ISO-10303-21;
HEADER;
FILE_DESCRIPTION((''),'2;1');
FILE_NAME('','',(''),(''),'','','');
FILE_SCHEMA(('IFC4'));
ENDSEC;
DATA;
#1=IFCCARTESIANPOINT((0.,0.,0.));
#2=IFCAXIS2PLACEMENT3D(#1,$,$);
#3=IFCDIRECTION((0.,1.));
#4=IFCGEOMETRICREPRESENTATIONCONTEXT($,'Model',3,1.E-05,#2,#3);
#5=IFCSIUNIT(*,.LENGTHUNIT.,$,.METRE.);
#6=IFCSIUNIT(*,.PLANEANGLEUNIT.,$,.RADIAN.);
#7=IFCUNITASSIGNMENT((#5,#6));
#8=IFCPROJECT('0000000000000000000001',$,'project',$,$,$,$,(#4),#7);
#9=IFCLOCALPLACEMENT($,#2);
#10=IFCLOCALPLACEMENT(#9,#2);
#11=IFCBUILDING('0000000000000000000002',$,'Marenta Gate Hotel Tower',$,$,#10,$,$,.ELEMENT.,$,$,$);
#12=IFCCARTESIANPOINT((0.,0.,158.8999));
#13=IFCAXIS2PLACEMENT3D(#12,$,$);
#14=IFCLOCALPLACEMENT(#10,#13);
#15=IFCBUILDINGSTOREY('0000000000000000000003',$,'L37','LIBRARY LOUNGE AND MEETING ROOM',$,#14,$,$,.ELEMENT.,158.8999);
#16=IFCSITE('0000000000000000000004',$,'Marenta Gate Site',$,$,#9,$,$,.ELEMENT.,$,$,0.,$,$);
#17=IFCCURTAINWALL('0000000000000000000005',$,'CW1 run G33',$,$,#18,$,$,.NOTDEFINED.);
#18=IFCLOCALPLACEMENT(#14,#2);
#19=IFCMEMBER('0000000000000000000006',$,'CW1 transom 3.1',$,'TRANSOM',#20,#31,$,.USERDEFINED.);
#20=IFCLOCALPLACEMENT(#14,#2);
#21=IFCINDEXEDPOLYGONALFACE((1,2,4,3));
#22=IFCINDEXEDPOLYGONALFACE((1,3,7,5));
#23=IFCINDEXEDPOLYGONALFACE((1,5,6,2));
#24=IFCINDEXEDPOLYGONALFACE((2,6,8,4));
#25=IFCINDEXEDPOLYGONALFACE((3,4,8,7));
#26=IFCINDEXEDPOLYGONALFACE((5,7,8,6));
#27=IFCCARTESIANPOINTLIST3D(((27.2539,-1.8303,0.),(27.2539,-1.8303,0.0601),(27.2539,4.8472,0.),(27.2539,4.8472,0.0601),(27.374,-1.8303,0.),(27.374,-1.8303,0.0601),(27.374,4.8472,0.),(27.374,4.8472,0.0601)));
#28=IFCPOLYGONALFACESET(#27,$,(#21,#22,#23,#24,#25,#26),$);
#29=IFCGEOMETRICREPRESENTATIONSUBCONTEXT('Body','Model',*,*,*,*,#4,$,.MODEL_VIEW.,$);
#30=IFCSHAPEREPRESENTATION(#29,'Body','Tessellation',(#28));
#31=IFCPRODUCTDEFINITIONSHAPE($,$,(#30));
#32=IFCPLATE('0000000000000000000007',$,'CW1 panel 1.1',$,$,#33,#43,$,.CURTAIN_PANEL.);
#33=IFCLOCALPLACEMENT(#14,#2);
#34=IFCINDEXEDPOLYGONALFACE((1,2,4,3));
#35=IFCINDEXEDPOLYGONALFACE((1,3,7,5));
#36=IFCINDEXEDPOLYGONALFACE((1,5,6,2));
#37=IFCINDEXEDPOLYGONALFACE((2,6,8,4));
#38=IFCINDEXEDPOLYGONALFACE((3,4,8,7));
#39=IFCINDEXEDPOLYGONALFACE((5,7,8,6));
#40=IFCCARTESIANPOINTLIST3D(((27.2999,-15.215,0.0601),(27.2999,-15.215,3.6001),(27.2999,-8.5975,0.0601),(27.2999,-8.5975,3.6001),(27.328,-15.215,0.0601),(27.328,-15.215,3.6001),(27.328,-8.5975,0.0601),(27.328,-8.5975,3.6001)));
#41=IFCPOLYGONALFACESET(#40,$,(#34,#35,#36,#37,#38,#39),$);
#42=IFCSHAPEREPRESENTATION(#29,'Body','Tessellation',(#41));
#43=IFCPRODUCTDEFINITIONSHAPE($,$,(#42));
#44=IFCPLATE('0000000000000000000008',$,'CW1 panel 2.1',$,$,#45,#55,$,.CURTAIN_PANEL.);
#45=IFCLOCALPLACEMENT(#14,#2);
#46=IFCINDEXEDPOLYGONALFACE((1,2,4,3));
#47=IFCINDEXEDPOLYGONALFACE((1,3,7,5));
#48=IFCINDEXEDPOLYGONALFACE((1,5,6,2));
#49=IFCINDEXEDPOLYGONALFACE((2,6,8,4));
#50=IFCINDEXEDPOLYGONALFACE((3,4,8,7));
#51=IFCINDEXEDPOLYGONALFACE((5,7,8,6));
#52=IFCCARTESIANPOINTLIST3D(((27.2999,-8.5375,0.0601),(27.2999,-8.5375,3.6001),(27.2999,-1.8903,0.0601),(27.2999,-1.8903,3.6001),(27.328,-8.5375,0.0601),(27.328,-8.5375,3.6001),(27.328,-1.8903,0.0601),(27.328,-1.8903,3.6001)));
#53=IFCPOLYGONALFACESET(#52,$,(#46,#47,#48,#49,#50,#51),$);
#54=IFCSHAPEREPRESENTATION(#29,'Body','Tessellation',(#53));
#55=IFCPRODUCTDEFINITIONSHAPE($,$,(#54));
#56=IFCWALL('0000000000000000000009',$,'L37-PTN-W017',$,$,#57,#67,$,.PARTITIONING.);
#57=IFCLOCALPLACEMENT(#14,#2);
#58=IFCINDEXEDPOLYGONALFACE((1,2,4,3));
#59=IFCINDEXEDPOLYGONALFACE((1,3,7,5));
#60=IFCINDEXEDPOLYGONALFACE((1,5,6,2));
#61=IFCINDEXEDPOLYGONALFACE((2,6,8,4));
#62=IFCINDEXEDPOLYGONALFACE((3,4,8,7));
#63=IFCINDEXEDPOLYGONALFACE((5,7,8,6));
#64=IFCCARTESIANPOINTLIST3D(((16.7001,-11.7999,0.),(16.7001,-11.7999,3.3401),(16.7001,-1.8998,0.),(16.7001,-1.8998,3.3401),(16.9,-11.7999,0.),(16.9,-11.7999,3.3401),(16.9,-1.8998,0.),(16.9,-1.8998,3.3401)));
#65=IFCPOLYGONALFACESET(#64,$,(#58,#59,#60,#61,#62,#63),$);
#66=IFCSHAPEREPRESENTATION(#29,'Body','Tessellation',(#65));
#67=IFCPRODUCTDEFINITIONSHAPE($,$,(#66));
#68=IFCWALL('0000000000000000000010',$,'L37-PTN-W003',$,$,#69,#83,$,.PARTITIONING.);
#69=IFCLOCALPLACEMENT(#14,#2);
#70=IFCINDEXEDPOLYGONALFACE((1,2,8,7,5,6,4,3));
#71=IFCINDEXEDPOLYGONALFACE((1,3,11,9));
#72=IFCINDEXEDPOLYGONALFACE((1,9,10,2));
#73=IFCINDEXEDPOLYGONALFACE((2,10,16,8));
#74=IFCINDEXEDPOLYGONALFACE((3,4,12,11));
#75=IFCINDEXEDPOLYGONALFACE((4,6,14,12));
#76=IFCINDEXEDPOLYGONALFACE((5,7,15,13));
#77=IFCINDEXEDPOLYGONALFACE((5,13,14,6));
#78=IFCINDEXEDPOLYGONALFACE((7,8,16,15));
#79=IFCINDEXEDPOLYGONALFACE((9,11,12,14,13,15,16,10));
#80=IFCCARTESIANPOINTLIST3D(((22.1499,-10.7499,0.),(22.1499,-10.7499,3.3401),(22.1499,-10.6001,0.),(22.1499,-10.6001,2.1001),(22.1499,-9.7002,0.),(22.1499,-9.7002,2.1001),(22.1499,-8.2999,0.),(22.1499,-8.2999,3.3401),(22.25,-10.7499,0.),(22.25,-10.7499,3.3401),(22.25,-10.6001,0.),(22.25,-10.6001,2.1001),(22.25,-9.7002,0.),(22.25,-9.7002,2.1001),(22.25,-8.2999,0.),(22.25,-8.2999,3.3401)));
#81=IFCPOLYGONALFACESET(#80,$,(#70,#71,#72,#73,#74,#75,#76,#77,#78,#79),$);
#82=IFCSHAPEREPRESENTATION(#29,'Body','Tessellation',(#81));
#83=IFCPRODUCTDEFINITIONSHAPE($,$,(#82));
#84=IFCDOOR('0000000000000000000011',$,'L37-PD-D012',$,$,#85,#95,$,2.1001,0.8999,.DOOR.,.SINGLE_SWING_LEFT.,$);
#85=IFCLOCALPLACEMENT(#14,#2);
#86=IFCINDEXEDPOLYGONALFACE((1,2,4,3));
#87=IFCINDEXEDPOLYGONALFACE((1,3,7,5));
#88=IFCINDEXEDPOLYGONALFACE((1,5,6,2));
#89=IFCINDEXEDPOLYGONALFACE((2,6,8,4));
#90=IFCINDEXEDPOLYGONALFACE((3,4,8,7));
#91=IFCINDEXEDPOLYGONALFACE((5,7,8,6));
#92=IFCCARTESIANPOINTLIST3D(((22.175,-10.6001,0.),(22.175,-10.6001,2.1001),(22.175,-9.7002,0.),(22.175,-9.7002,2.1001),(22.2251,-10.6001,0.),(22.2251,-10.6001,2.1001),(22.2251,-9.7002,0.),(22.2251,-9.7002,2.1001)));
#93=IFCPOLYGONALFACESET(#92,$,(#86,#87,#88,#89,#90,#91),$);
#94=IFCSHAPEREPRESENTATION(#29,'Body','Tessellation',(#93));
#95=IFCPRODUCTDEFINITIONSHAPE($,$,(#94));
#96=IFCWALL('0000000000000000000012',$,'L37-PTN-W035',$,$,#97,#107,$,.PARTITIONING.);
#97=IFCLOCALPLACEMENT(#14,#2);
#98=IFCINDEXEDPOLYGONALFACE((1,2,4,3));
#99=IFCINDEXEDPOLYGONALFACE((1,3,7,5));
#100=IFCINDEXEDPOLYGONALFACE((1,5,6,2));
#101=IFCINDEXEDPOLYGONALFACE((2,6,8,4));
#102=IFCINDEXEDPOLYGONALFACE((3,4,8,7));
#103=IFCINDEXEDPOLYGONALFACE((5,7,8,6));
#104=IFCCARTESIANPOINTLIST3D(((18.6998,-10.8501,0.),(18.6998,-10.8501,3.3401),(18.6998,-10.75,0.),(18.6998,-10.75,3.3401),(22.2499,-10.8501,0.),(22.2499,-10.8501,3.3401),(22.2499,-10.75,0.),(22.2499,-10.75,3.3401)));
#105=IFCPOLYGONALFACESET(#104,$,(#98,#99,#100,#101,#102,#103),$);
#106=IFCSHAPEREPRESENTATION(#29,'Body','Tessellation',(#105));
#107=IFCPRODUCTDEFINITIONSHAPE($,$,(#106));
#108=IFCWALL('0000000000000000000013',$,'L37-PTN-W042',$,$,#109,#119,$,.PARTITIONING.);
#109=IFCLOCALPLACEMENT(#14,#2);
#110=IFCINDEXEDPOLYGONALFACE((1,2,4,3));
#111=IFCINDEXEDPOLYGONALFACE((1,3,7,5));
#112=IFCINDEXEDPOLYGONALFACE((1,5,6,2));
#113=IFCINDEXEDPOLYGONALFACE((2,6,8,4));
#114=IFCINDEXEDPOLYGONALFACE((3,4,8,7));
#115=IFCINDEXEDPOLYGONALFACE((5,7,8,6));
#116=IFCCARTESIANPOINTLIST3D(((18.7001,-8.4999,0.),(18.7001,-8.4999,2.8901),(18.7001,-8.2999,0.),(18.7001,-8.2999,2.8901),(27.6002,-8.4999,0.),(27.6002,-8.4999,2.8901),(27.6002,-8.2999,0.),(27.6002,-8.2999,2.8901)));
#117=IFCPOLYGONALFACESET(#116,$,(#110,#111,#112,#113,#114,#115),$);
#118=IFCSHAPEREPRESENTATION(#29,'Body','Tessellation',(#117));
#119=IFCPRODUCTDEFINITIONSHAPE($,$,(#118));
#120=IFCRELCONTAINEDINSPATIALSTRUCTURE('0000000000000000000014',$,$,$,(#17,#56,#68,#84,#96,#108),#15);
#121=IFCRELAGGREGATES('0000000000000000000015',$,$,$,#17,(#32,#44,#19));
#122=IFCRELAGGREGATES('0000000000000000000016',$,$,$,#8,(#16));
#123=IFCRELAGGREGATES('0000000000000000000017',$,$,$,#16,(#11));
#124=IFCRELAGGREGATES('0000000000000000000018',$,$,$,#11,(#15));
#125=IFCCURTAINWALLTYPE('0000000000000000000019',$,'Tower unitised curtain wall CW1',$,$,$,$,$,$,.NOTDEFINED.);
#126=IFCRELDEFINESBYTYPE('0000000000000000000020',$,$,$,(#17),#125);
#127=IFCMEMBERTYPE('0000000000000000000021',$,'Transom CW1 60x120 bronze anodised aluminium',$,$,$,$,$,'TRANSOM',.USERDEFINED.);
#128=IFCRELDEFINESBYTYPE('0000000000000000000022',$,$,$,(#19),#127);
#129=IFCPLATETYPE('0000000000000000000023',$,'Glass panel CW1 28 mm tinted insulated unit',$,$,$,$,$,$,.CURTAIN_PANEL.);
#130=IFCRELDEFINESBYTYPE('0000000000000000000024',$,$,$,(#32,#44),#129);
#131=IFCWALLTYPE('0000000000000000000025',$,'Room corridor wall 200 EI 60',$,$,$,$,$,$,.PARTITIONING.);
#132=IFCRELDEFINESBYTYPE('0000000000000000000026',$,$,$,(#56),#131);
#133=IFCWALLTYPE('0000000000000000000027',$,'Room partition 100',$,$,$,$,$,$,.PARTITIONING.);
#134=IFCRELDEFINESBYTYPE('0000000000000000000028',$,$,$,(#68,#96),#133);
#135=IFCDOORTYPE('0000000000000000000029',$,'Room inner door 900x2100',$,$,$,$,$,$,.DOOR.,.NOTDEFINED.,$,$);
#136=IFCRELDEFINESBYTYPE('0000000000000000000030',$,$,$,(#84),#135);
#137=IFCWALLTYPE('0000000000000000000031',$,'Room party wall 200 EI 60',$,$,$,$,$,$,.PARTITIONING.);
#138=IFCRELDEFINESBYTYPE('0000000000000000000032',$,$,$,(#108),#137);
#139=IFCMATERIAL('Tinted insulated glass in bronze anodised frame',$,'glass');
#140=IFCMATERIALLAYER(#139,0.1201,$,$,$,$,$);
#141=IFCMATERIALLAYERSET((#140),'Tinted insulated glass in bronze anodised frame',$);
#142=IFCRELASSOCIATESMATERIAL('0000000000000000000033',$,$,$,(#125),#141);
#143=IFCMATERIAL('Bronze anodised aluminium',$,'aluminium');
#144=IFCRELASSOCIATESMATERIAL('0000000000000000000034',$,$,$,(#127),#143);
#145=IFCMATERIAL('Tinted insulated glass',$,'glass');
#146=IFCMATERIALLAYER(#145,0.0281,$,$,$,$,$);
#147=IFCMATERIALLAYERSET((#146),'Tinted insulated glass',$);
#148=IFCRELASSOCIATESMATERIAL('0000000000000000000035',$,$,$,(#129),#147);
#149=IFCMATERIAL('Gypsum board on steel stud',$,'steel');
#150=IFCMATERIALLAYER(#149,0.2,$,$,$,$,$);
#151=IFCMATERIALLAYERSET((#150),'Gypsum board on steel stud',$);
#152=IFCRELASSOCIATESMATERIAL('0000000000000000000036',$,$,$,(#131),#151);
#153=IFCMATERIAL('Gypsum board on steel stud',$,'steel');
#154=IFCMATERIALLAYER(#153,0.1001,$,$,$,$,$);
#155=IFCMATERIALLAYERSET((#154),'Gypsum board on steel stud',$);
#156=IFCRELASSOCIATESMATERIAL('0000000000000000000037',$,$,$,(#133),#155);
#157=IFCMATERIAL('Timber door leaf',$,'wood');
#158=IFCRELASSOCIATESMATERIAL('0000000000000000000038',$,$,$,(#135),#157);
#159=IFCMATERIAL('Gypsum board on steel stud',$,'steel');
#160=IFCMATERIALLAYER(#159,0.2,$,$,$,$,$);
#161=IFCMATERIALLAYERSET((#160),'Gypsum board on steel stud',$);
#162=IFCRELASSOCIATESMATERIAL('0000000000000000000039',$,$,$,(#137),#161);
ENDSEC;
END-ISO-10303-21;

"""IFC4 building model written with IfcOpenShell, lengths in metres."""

from ifc_helpers import new_model, si_unit, direction, frame, frame_2d, origin, origin_2d, place, context, subcontext, project, spatial, rectangle, extrude, material, layer, layer_set, material_profile, profile_set, type_object, element, fill, aggregate, save


model = new_model("IFC4")

# Units and contexts
model_context = context("Model", 3, precision=1e-05, world=origin(), true_north=direction((0.0, 1.0)))
body_context = subcontext(model_context, "Body", "Model", "MODEL_VIEW")
ifc_project = project(units=[si_unit("LENGTHUNIT", "METRE"), si_unit("PLANEANGLEUNIT", "RADIAN")], contexts=[model_context])

# Site, building, storey
site_placement = place(None, origin())
site = spatial("IfcSite", under=ifc_project, at=site_placement, Name="Marenta Gate Site", CompositionType="ELEMENT", RefElevation=0.0)
building_placement = place(site_placement, origin())
building = spatial("IfcBuilding", under=site, at=building_placement, Name="Marenta Gate Hotel Tower", CompositionType="ELEMENT")
storey_placement = place(building_placement, frame((0.0, 0.0, 158.8999)))
storey = spatial("IfcBuildingStorey", under=building, at=storey_placement, Name="L37", Description="LIBRARY LOUNGE AND MEETING ROOM", CompositionType="ELEMENT", Elevation=158.8999)

# Curtain wall, member, plates
ifc_material_1 = material(Name="Tinted insulated glass in bronze anodised frame", Category="glass")
ifc_layer_1 = layer(ifc_material_1, 0.1201)
ifc_layer_set_1 = layer_set([ifc_layer_1], Name="Tinted insulated glass in bronze anodised frame")
curtain_wall_type = type_object("IfcCurtainWallType", Name="Tower unitised curtain wall CW1", PredefinedType="NOTDEFINED", material=ifc_layer_set_1)
curtain_wall_placement = place(storey_placement, origin())
curtain_wall = element("IfcCurtainWall", 1, at=curtain_wall_placement, inside=storey, type_object=curtain_wall_type, Name="CW1 run G33", PredefinedType="NOTDEFINED")
ifc_material_2 = material(Name="Bronze anodised aluminium", Category="aluminium")
ifc_material_profile_1 = material_profile(ifc_material_2, rectangle(XDim=0.1201, YDim=0.0601, at=origin_2d()), Name="Transom CW1 60x120 bronze anodised aluminium")
ifc_profile_set_1 = profile_set([ifc_material_profile_1], Name="Bronze anodised aluminium")
member_type_1 = type_object("IfcMemberType", Name="Transom CW1 60x120 bronze anodised aluminium", ElementType="TRANSOM", PredefinedType="USERDEFINED", material=ifc_profile_set_1)
member_1_placement = place(storey_placement, frame((27.314, -1.8303, 0.03), z_axis=(0.0, 1.0, 0.0), x_axis=(-1.0, 0.0, 0.0)))
member_1 = element("IfcMember", 2, at=member_1_placement, type_object=member_type_1, Name="CW1 transom 3.1", ObjectType="TRANSOM", PredefinedType="USERDEFINED", context=body_context, shape_type="SweptSolid", body=[
    extrude(rectangle(XDim=0.1201, YDim=0.0601, at=origin_2d()), origin(), (0.0, 0.0, 1.0), 6.6775),
])
ifc_material_3 = material(Name="Tinted insulated glass", Category="glass")
ifc_layer_2 = layer(ifc_material_3, 0.0281)
ifc_layer_set_2 = layer_set([ifc_layer_2], Name="Tinted insulated glass")
plate_type = type_object("IfcPlateType", Name="Glass panel CW1 28 mm tinted insulated unit", PredefinedType="CURTAIN_PANEL", material=ifc_layer_set_2)
plate_1_placement = place(storey_placement, frame((27.314, -11.9062, 0.0601), z_axis=(0.0, 0.0, 1.0), x_axis=(0.0, 1.0, 0.0)))
plate_1 = element("IfcPlate", 3, at=plate_1_placement, type_object=plate_type, Name="CW1 panel 1.1", PredefinedType="CURTAIN_PANEL", context=body_context, shape_type="SweptSolid", body=[
    extrude(rectangle(XDim=6.6174, YDim=0.0281, at=origin_2d()), origin(), (0.0, 0.0, 1.0), 3.54),
])
plate_2_placement = place(storey_placement, frame((27.314, -5.2139, 0.0601), z_axis=(0.0, 0.0, 1.0), x_axis=(0.0, 1.0, 0.0)))
plate_2 = element("IfcPlate", 4, at=plate_2_placement, type_object=plate_type, Name="CW1 panel 2.1", PredefinedType="CURTAIN_PANEL", context=body_context, shape_type="SweptSolid", body=[
    extrude(rectangle(XDim=6.6472, YDim=0.0281, at=origin_2d()), origin(), (0.0, 0.0, 1.0), 3.54),
])
aggregate(curtain_wall, [plate_1, plate_2, member_1])

# Wall
ifc_material_4 = material(Name="Gypsum board on steel stud", Category="steel")
ifc_layer_3 = layer(ifc_material_4, 0.2)
ifc_layer_set_3 = layer_set([ifc_layer_3], Name="Gypsum board on steel stud")
wall_type_1 = type_object("IfcWallType", Name="Room corridor wall 200 EI 60", PredefinedType="PARTITIONING", material=ifc_layer_set_3)
wall_1_placement = place(storey_placement, frame((16.8, -11.8, 0.0), z_axis=(0.0, 0.0, 1.0), x_axis=(0.0, 1.0, 0.0)))
element("IfcWall", 5, at=wall_1_placement, inside=storey, type_object=wall_type_1, Name="L37-PTN-W017", PredefinedType="PARTITIONING", context=body_context, shape_type="SweptSolid", body=[
    extrude(rectangle(XDim=9.9001, YDim=0.2, at=frame_2d((4.9502, 0.0))), origin(), (0.0, 0.0, 1.0), 3.3401),
])

# Wall, opening, door
ifc_material_5 = material(Name="Gypsum board on steel stud", Category="steel")
ifc_layer_4 = layer(ifc_material_5, 0.1001)
ifc_layer_set_4 = layer_set([ifc_layer_4], Name="Gypsum board on steel stud")
wall_type_2 = type_object("IfcWallType", Name="Room partition 100", PredefinedType="PARTITIONING", material=ifc_layer_set_4)
wall_2_placement = place(storey_placement, frame((22.2, -10.75, 0.0), z_axis=(0.0, 0.0, 1.0), x_axis=(0.0, 1.0, 0.0)))
wall_2 = element("IfcWall", 6, at=wall_2_placement, inside=storey, type_object=wall_type_2, Name="L37-PTN-W003", PredefinedType="PARTITIONING", context=body_context, shape_type="SweptSolid", body=[
    extrude(rectangle(XDim=2.45, YDim=0.1001, at=frame_2d((1.2251, 0.0))), origin(), (0.0, 0.0, 1.0), 3.3401),
])
opening_1_placement = place(wall_2_placement, frame((0.1499, 0.0, 0.0)))
opening_1 = element("IfcOpeningElement", 7, at=opening_1_placement, cuts=wall_2, PredefinedType="OPENING", context=body_context, shape_type="SweptSolid", body=[
    extrude(rectangle(XDim=0.8999, YDim=2.1001, at=frame_2d((0.45, 1.05))), frame((0.0, 0.05, 0.0), z_axis=(0.0, -1.0, 0.0), x_axis=(1.0, 0.0, 0.0)), (0.0, 0.0, 1.0), 0.1001),
])
ifc_material_6 = material(Name="Timber door leaf", Category="wood")
door_type_1 = type_object("IfcDoorType", Name="Room inner door 900x2100", OperationType="NOTDEFINED", PredefinedType="DOOR", material=ifc_material_6)
door_1_placement = place(opening_1_placement, origin())
door_1 = element("IfcDoor", 8, at=door_1_placement, inside=storey, type_object=door_type_1, Name="L37-PD-D012", OperationType="SINGLE_SWING_LEFT", OverallHeight=2.1001, OverallWidth=0.8999, PredefinedType="DOOR", context=body_context, shape_type="SweptSolid", body=[
    extrude(rectangle(XDim=0.8999, YDim=2.1001, at=frame_2d((0.45, 1.05))), frame((0.0, 0.0249, 0.0), z_axis=(0.0, -1.0, 0.0), x_axis=(1.0, 0.0, 0.0)), (0.0, 0.0, 1.0), 0.05),
])
fill(opening_1, door_1)

# Walls
wall_3_placement = place(storey_placement, frame((18.7, -10.8, 0.0), z_axis=(0.0, 0.0, 1.0), x_axis=(1.0, 0.0, 0.0)))
element("IfcWall", 9, at=wall_3_placement, inside=storey, type_object=wall_type_2, Name="L37-PTN-W035", PredefinedType="PARTITIONING", context=body_context, shape_type="SweptSolid", body=[
    extrude(rectangle(XDim=3.55, YDim=0.1001, at=frame_2d((1.7749, 0.0))), origin(), (0.0, 0.0, 1.0), 3.3401),
])
ifc_material_7 = material(Name="Gypsum board on steel stud", Category="steel")
ifc_layer_5 = layer(ifc_material_7, 0.2)
ifc_layer_set_5 = layer_set([ifc_layer_5], Name="Gypsum board on steel stud")
wall_type_3 = type_object("IfcWallType", Name="Room party wall 200 EI 60", PredefinedType="PARTITIONING", material=ifc_layer_set_5)
wall_4_placement = place(storey_placement, frame((18.7, -8.3999, 0.0), z_axis=(0.0, 0.0, 1.0), x_axis=(1.0, 0.0, 0.0)))
element("IfcWall", 10, at=wall_4_placement, inside=storey, type_object=wall_type_3, Name="L37-PTN-W042", PredefinedType="PARTITIONING", context=body_context, shape_type="SweptSolid", body=[
    extrude(rectangle(XDim=8.9001, YDim=0.2, at=frame_2d((4.4502, 0.0))), origin(), (0.0, 0.0, 1.0), 2.8901),
])

save(model, "model.ifc")
